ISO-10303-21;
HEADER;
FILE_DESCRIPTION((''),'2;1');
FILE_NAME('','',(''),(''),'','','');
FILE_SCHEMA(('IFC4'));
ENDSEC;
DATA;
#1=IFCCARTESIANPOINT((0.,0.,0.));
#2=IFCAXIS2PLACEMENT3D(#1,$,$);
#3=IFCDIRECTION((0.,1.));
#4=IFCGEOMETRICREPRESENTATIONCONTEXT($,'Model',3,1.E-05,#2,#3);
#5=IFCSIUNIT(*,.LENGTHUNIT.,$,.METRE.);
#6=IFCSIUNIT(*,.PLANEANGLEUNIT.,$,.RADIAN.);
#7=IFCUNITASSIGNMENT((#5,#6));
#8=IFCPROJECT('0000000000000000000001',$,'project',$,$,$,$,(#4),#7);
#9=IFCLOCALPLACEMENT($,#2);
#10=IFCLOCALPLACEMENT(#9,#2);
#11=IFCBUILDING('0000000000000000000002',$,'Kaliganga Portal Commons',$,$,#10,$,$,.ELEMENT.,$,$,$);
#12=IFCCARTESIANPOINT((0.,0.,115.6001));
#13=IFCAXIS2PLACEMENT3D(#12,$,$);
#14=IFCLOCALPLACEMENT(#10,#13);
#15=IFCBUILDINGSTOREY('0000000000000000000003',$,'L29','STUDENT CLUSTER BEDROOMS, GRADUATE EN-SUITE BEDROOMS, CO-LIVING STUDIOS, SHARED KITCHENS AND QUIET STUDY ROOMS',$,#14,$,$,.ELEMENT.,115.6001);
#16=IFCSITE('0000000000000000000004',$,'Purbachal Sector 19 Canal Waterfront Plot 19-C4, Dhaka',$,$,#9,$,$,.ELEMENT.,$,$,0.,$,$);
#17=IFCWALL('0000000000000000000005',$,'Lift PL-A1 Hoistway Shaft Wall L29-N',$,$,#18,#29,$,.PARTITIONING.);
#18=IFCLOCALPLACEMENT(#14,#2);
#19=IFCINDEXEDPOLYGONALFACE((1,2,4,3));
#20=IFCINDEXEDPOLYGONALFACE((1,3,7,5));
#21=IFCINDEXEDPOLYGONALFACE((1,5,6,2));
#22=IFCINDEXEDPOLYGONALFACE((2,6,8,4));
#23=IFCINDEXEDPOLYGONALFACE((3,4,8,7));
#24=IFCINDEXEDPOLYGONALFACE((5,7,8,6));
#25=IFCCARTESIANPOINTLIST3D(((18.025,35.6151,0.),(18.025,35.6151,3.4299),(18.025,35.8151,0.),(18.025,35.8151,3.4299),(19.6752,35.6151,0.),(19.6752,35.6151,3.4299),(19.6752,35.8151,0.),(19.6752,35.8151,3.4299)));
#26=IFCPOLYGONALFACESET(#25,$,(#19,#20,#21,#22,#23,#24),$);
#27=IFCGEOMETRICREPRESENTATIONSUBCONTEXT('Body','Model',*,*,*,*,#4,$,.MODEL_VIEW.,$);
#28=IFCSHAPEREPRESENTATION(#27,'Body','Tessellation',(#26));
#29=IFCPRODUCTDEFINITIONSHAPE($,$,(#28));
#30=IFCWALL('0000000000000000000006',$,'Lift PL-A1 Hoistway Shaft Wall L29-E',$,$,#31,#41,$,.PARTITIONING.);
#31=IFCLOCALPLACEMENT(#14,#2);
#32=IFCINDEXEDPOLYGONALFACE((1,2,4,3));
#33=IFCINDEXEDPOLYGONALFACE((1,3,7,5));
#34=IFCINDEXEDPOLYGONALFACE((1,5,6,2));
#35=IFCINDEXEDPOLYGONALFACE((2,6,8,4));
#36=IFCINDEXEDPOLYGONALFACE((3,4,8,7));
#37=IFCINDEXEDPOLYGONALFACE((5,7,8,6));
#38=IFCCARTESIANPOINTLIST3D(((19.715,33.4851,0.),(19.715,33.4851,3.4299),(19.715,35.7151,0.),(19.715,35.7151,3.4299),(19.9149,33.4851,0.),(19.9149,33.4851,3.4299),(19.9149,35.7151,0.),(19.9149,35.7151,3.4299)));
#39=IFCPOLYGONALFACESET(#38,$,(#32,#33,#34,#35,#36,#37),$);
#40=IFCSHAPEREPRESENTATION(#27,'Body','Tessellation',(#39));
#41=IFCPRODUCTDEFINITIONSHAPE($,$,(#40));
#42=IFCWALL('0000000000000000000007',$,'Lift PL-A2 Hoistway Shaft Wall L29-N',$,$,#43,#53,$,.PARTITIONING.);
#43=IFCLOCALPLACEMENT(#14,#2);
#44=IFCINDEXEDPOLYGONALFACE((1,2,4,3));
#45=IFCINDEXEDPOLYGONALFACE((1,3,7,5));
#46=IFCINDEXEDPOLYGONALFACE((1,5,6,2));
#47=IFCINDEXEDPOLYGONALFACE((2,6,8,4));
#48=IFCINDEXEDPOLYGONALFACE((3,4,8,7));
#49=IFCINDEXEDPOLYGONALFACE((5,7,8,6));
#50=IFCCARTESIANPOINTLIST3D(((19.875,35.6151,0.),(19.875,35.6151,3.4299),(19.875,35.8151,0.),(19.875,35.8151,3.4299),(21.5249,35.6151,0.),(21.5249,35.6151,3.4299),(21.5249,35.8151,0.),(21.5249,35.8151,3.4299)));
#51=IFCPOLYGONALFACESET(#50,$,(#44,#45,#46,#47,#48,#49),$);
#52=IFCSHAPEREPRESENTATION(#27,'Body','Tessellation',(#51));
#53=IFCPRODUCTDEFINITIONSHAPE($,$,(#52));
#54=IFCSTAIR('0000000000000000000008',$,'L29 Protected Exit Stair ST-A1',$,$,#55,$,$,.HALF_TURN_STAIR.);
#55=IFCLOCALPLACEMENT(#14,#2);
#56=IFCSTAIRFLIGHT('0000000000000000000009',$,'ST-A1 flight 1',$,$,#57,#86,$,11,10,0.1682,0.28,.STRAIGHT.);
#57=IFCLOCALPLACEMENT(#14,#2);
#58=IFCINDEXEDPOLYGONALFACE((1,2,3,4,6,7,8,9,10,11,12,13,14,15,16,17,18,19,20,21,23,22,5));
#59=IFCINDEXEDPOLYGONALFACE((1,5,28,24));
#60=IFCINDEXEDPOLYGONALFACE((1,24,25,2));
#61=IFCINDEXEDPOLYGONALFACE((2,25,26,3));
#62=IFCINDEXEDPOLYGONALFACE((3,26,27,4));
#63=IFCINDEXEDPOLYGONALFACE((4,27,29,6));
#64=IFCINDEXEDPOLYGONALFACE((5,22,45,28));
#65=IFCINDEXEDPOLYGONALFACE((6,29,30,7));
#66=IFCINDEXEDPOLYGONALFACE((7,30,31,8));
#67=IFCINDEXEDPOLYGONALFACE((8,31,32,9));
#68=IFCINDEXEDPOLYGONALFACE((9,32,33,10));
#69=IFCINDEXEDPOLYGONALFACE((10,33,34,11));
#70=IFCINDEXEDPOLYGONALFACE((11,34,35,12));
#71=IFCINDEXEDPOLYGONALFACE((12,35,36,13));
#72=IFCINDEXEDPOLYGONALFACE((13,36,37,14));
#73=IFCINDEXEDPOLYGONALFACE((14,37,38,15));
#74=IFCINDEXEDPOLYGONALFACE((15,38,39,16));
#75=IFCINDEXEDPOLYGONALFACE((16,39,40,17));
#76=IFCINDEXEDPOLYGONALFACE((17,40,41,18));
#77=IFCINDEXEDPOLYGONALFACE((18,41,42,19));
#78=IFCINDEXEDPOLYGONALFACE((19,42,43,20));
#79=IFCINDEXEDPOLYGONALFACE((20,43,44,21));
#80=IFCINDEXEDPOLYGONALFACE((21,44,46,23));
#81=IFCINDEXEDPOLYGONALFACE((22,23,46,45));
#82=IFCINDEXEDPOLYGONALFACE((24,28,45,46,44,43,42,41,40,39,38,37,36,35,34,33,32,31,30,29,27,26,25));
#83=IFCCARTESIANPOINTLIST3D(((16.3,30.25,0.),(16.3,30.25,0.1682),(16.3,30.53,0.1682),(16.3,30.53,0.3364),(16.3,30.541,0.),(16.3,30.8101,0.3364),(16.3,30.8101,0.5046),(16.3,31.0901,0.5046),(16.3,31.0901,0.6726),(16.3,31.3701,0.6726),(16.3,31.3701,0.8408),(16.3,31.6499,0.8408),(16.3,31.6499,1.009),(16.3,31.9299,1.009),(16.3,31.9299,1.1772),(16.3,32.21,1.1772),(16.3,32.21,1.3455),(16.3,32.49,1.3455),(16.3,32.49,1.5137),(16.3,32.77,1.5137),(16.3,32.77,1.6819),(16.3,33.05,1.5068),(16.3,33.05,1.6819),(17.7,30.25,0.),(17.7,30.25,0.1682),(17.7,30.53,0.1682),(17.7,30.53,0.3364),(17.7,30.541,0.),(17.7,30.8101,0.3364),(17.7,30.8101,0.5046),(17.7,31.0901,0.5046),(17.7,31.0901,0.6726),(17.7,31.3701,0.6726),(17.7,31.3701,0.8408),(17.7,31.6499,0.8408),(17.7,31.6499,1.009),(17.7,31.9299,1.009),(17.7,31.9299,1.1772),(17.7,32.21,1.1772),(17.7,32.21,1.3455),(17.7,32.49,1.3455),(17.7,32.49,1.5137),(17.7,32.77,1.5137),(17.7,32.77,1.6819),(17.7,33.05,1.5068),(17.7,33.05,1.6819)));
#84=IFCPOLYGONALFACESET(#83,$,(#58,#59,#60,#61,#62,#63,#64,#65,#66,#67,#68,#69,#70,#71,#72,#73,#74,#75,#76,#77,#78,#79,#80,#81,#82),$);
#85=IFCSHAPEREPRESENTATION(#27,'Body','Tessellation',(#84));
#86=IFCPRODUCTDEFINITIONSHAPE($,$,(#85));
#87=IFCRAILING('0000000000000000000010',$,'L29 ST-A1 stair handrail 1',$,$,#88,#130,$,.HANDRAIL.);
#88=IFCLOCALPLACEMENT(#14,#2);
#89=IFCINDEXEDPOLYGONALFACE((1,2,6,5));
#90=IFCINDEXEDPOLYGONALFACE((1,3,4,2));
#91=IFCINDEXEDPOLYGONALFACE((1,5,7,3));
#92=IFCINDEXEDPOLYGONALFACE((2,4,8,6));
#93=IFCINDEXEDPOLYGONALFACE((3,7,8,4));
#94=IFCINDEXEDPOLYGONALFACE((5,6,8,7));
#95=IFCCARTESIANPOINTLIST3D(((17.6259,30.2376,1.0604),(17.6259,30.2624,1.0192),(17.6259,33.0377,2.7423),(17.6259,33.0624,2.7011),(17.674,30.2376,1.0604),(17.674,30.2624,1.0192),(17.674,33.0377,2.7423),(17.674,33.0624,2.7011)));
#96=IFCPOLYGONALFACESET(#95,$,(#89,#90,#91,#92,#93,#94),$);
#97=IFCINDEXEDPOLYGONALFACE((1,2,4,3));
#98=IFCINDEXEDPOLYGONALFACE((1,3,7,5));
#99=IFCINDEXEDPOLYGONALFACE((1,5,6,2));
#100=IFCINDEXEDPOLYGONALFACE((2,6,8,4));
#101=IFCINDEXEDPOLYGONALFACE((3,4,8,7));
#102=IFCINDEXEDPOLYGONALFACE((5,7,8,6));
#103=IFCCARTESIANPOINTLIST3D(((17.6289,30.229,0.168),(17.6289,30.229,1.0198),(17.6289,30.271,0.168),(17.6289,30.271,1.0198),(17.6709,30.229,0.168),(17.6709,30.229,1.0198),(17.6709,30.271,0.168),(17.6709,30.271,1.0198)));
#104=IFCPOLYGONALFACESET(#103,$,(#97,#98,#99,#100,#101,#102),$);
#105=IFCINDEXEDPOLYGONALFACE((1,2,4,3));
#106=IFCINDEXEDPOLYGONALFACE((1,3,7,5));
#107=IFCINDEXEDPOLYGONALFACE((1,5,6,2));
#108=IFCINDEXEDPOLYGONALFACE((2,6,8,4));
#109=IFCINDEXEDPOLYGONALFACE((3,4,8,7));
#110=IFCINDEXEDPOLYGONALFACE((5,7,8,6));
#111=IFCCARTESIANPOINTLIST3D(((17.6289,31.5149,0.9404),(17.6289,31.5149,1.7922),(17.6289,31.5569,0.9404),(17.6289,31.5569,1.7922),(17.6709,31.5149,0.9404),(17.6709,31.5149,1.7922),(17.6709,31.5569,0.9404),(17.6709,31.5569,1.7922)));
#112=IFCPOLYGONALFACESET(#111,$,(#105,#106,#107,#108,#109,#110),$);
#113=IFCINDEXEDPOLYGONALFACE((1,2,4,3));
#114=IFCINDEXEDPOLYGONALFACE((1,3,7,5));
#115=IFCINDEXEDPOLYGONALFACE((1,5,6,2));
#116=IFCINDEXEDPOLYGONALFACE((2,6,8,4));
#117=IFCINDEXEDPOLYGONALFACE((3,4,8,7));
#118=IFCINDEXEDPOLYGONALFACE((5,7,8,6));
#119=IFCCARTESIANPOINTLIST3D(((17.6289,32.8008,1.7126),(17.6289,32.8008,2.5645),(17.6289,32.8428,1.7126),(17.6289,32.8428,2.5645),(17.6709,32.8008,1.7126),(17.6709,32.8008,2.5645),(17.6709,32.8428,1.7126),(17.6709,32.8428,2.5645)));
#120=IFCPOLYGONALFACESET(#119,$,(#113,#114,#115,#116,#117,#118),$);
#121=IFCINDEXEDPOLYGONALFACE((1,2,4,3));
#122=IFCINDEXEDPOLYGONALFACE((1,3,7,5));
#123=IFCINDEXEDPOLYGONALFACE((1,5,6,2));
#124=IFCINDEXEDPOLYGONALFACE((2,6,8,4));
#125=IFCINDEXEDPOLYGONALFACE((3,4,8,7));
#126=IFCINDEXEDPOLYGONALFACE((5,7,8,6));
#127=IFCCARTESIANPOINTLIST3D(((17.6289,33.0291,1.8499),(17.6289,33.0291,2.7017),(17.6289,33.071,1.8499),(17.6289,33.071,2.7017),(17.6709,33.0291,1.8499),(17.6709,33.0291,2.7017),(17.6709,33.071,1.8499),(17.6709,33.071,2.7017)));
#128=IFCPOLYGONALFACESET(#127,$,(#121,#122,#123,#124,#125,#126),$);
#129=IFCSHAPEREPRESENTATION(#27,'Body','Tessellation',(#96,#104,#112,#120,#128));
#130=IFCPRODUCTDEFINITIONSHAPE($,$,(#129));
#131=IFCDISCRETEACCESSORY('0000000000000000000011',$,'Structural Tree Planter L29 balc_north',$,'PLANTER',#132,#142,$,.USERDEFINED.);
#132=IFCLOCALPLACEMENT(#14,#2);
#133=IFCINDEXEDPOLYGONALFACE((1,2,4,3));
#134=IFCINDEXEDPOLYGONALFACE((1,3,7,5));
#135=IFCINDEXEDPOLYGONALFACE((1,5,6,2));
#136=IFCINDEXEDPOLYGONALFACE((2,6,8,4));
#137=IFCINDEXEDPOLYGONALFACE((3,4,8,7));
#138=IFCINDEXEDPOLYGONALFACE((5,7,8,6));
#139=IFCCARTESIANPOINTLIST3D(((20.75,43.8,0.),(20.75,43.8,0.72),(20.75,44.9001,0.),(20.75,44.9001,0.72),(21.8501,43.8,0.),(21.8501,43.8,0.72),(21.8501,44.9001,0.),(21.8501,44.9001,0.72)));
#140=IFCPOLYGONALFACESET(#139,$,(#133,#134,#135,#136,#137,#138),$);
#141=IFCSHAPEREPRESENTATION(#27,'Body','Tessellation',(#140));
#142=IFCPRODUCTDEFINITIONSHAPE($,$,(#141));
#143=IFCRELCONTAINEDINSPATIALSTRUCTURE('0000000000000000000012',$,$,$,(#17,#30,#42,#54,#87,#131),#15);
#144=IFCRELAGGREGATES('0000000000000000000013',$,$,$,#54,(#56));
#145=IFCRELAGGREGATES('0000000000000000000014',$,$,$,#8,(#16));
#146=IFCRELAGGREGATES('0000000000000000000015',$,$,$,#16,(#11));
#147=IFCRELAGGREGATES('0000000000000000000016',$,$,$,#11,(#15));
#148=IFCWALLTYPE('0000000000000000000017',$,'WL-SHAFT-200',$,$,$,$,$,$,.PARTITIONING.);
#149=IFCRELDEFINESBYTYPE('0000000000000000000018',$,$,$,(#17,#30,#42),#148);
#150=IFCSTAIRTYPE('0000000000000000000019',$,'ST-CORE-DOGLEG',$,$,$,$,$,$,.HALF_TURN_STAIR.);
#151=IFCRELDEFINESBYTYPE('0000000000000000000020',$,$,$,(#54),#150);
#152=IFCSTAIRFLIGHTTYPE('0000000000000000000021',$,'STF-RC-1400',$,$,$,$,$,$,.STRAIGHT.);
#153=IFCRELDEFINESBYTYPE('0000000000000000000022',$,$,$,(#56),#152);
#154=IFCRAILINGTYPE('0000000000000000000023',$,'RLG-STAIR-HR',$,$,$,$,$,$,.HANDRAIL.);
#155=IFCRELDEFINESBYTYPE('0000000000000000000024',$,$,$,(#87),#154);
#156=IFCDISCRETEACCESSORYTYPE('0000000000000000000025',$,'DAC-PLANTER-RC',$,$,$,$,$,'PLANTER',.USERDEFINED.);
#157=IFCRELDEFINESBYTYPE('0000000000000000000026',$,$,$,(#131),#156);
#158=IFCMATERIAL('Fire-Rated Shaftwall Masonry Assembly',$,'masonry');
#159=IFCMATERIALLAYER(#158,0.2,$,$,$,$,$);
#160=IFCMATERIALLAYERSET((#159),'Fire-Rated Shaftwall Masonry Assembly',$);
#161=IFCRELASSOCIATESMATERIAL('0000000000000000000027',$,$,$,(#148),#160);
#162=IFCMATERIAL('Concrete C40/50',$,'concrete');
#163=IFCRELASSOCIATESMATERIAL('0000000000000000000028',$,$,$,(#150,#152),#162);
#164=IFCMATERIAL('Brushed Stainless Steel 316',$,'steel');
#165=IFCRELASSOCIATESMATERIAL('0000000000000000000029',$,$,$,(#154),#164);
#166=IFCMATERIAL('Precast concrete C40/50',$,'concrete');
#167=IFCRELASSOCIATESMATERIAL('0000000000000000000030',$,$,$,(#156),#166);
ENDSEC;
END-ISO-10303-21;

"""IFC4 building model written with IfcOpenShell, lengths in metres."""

from ifc_helpers import new_model, si_unit, direction, frame, frame_2d, origin, origin_2d, place, context, subcontext, project, spatial, polyline, rectangle, outline, extrude, source, transform, mapped, material, layer, layer_set, type_object, element, aggregate, save


model = new_model("IFC4")

# Units and contexts
model_context = context("Model", 3, precision=1e-05, world=origin(), true_north=direction((0.0, 1.0)))
body_context = subcontext(model_context, "Body", "Model", "MODEL_VIEW")
ifc_project = project(units=[si_unit("LENGTHUNIT", "METRE"), si_unit("PLANEANGLEUNIT", "RADIAN")], contexts=[model_context])

# Site, building, storey
site_placement = place(None, origin())
site = spatial("IfcSite", under=ifc_project, at=site_placement, Name="Purbachal Sector 19 Canal Waterfront Plot 19-C4, Dhaka", CompositionType="ELEMENT", RefElevation=0.0)
building_placement = place(site_placement, origin())
building = spatial("IfcBuilding", under=site, at=building_placement, Name="Kaliganga Portal Commons", CompositionType="ELEMENT")
storey_placement = place(building_placement, frame((0.0, 0.0, 115.6001)))
storey = spatial("IfcBuildingStorey", under=building, at=storey_placement, Name="L29", Description="STUDENT CLUSTER BEDROOMS, GRADUATE EN-SUITE BEDROOMS, CO-LIVING STUDIOS, SHARED KITCHENS AND QUIET STUDY ROOMS", CompositionType="ELEMENT", Elevation=115.6001)

# Shared definitions
ifc_material_1 = material(Name="Fire-Rated Shaftwall Masonry Assembly", Category="masonry")
ifc_layer_1 = layer(ifc_material_1, 0.2)
ifc_layer_set_1 = layer_set([ifc_layer_1], Name="Fire-Rated Shaftwall Masonry Assembly")
wall_type_1 = type_object("IfcWallType", Name="WL-SHAFT-200", PredefinedType="PARTITIONING", material=ifc_layer_set_1)

# Walls
wall_1_placement = place(storey_placement, frame((18.0249, 35.7151, 0.0), z_axis=(0.0, 0.0, 1.0), x_axis=(1.0, 0.0, 0.0)))
element("IfcWall", 1, at=wall_1_placement, inside=storey, type_object=wall_type_1, Name="Lift PL-A1 Hoistway Shaft Wall L29-N", PredefinedType="PARTITIONING", context=body_context, shape_type="SweptSolid", body=[
    extrude(rectangle(XDim=1.6501, YDim=0.2, at=frame_2d((0.8252, 0.0))), origin(), (0.0, 0.0, 1.0), 3.4299),
])
wall_2_placement = place(storey_placement, frame((19.8149, 33.4851, 0.0), z_axis=(0.0, 0.0, 1.0), x_axis=(0.0, 1.0, 0.0)))
element("IfcWall", 2, at=wall_2_placement, inside=storey, type_object=wall_type_1, Name="Lift PL-A1 Hoistway Shaft Wall L29-E", PredefinedType="PARTITIONING", context=body_context, shape_type="SweptSolid", body=[
    extrude(rectangle(XDim=2.23, YDim=0.2, at=frame_2d((1.115, 0.0))), origin(), (0.0, 0.0, 1.0), 3.4299),
])

# Wall
wall_3_placement = place(storey_placement, frame((19.875, 35.7151, 0.0), z_axis=(0.0, 0.0, 1.0), x_axis=(1.0, 0.0, 0.0)))
element("IfcWall", 3, at=wall_3_placement, inside=storey, type_object=wall_type_1, Name="Lift PL-A2 Hoistway Shaft Wall L29-N", PredefinedType="PARTITIONING", context=body_context, shape_type="SweptSolid", body=[
    extrude(rectangle(XDim=1.6499, YDim=0.2, at=frame_2d((0.825, 0.0))), origin(), (0.0, 0.0, 1.0), 3.4299),
])

# Stair, stair flight
ifc_material_2 = material(Name="Concrete C40/50", Category="concrete")
stair_type = type_object("IfcStairType", Name="ST-CORE-DOGLEG", PredefinedType="HALF_TURN_STAIR", material=ifc_material_2)
stair_placement = place(storey_placement, origin())
stair = element("IfcStair", 4, at=stair_placement, inside=storey, type_object=stair_type, Name="L29 Protected Exit Stair ST-A1", PredefinedType="HALF_TURN_STAIR")
stair_flight_type = type_object("IfcStairFlightType", Name="STF-RC-1400", PredefinedType="STRAIGHT", material=ifc_material_2)
stair_flight_placement = place(storey_placement, frame((17.0, 30.25, 0.0), z_axis=(0.0, 0.0, 1.0), x_axis=(0.0, 1.0, 0.0)))
stair_flight = element("IfcStairFlight", 5, at=stair_flight_placement, type_object=stair_flight_type, Name="ST-A1 flight 1", NumberOfRisers=11, NumberOfTreads=10, PredefinedType="STRAIGHT", RiserHeight=0.1682, TreadLength=0.28, context=body_context, shape_type="SweptSolid", body=[
    extrude(outline(polyline([(0.0, 0.0), (0.0, 0.1682), (0.28, 0.1682), (0.28, 0.3364), (0.5601, 0.3364), (0.5601, 0.5046), (0.8401, 0.5046), (0.8401, 0.6726), (1.1201, 0.6726), (1.1201, 0.8408), (1.3999, 0.8408), (1.3999, 1.009), (1.6799, 1.009), (1.6799, 1.1772), (1.96, 1.1772), (1.96, 1.3455), (2.24, 1.3455), (2.24, 1.5137), (2.52, 1.5137), (2.52, 1.6819), (2.8, 1.6819), (2.8, 1.8501), (2.8, 1.5068), (0.291, 0.0), (0.0, 0.0)])), frame((0.0, 0.7, 0.0), z_axis=(0.0, -1.0, 0.0), x_axis=(1.0, 0.0, 0.0)), (0.0, 0.0, 1.0), 1.3999),
])
aggregate(stair, [stair_flight])

# Railing
ifc_material_3 = material(Name="Brushed Stainless Steel 316", Category="steel")
railing_type = type_object("IfcRailingType", Name="RLG-STAIR-HR", PredefinedType="HANDRAIL", material=ifc_material_3)
railing_placement = place(storey_placement, frame((17.6499, 30.25, 0.168)))
element("IfcRailing", 6, at=railing_placement, inside=storey, type_object=railing_type, Name="L29 ST-A1 stair handrail 1", PredefinedType="HANDRAIL", context=body_context, shape_type="SweptSolid", body=[
    extrude(rectangle(XDim=0.0481, YDim=0.0481, at=origin_2d()), frame((0.0, 0.0, 0.8718), z_axis=(0.0, 0.857242, 0.514913), x_axis=(-1.0, 0.0, 0.0)), (0.0, 0.0, 1.0), 3.2664),
    extrude(rectangle(XDim=0.042, YDim=0.042, at=origin_2d()), origin(), (0.0, 0.0, 1.0), 0.8518),
    extrude(rectangle(XDim=0.042, YDim=0.042, at=origin_2d()), frame((0.0, 1.2859, 0.7725)), (0.0, 0.0, 1.0), 0.8518),
    extrude(rectangle(XDim=0.042, YDim=0.042, at=origin_2d()), frame((0.0, 2.5718, 1.5447)), (0.0, 0.0, 1.0), 0.8518),
    extrude(rectangle(XDim=0.042, YDim=0.042, at=origin_2d()), frame((0.0, 2.8, 1.6819)), (0.0, 0.0, 1.0), 0.8518),
])

# Discrete accessory
ifc_material_4 = material(Name="Precast concrete C40/50", Category="concrete")
discrete_accessory_type = type_object("IfcDiscreteAccessoryType", Name="DAC-PLANTER-RC", ElementType="PLANTER", PredefinedType="USERDEFINED", material=ifc_material_4)
shared_shape_1 = source(origin(), body_context, "Body", "SweptSolid", [
    extrude(rectangle(XDim=1.1001, YDim=1.1001, at=origin_2d()), origin(), (0.0, 0.0, 1.0), 0.72),
])
discrete_accessory_placement = place(storey_placement, frame((21.3, 44.3501, 0.0), z_axis=(0.0, 0.0, 1.0), x_axis=(1.0, 0.0, 0.0)))
element("IfcDiscreteAccessory", 7, at=discrete_accessory_placement, inside=storey, type_object=discrete_accessory_type, Name="Structural Tree Planter L29 balc_north", ObjectType="PLANTER", PredefinedType="USERDEFINED", context=body_context, shape_type="MappedRepresentation", body=[
    mapped(shared_shape_1, transform((0.0, 0.0, 0.0), x_axis=(1.0, 0.0, 0.0), y_axis=(0.0, 1.0, 0.0), z_axis=(0.0, 0.0, 1.0), scale=1.0)),
])

save(model, "model.ifc")
